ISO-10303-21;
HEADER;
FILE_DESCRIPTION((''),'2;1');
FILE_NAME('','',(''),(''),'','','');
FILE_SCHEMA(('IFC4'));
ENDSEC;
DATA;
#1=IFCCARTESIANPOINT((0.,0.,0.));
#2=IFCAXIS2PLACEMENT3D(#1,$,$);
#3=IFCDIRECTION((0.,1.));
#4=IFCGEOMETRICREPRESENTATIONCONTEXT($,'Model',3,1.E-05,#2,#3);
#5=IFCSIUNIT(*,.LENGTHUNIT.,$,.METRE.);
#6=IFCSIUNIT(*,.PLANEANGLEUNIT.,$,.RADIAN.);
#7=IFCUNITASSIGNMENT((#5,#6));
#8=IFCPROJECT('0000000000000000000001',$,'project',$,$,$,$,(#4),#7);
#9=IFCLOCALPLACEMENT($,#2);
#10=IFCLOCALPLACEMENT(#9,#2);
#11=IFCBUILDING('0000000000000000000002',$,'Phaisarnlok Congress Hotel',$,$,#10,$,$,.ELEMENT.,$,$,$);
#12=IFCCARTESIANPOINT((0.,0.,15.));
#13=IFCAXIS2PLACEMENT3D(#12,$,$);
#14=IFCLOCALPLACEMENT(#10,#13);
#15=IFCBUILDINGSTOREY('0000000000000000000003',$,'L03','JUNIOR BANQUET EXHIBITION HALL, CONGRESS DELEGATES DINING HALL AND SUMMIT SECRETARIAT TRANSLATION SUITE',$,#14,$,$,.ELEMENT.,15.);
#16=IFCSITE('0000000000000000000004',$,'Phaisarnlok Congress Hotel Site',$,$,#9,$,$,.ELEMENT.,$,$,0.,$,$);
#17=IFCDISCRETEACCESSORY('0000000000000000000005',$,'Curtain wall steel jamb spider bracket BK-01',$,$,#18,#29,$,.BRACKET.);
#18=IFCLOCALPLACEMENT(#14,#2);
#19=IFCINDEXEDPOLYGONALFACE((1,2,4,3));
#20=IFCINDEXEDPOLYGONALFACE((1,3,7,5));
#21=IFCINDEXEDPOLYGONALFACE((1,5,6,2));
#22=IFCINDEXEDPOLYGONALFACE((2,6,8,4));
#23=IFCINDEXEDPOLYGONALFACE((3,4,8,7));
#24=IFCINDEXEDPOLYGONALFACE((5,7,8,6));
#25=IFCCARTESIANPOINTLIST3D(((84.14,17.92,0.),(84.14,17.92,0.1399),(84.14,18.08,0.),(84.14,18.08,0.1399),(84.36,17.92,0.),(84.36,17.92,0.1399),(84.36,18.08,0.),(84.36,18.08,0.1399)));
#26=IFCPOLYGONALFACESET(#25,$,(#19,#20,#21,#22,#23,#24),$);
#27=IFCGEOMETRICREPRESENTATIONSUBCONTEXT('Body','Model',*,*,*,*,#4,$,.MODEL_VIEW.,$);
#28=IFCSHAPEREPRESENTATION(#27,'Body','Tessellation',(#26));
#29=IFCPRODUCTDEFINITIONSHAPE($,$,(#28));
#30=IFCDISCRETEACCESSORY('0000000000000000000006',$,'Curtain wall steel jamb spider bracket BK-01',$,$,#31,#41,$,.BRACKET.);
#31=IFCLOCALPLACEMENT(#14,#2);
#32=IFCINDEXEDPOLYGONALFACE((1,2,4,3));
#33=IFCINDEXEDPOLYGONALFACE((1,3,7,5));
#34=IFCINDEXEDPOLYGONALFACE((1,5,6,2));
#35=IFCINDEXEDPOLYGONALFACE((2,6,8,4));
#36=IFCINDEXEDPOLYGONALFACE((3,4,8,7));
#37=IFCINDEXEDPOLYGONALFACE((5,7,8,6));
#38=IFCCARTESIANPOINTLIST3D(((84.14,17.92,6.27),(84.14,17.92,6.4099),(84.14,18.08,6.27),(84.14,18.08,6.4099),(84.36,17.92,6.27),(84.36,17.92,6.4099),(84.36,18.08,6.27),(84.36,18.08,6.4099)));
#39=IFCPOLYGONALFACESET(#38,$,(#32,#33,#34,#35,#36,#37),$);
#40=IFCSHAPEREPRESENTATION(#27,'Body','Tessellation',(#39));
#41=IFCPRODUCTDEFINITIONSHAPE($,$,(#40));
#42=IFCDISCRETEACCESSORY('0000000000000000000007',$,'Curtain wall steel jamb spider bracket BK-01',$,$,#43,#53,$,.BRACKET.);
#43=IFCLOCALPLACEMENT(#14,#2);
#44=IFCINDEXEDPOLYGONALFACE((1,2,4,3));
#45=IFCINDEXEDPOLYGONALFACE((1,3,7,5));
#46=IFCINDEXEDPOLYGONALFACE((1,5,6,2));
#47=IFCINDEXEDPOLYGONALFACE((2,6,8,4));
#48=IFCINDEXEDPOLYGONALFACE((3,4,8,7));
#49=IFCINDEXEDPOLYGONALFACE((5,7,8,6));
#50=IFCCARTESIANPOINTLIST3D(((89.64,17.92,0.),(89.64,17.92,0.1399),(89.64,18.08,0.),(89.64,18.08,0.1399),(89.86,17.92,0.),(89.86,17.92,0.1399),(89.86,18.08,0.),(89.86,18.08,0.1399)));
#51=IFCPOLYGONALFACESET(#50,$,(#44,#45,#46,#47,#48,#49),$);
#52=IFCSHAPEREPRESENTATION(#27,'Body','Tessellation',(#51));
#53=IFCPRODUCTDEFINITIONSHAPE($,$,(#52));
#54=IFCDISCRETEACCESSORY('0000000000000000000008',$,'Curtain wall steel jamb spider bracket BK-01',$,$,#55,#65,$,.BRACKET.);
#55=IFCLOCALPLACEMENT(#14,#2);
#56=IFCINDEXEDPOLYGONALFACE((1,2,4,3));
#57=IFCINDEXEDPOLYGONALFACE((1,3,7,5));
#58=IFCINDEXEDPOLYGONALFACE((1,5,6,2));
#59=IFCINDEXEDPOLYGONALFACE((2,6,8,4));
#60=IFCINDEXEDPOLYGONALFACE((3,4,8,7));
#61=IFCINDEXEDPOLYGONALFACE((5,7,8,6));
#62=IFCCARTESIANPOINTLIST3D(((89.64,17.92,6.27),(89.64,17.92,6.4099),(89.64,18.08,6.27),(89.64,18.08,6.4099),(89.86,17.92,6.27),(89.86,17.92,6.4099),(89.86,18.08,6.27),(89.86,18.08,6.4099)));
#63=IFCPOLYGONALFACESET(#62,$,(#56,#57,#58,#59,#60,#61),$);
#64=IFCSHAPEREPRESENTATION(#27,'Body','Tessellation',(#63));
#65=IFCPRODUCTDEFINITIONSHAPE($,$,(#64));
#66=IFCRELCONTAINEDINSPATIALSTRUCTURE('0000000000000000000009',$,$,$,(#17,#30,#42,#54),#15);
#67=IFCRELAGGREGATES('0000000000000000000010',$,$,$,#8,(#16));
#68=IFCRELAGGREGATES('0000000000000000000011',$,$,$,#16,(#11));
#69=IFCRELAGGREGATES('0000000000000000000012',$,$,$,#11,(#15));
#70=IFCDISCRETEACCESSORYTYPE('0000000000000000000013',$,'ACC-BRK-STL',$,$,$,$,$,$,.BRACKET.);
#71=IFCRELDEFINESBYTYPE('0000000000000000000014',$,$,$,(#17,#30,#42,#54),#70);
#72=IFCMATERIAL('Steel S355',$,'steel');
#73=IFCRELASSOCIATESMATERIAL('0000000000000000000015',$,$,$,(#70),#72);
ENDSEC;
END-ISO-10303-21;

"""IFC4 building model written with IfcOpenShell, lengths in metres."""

from ifc_helpers import new_model, si_unit, direction, frame, origin, origin_2d, place, context, subcontext, project, spatial, rectangle, extrude, material, type_object, element, save


model = new_model("IFC4")

# Units and contexts
model_context = context("Model", 3, precision=1e-05, world=origin(), true_north=direction((0.0, 1.0)))
body_context = subcontext(model_context, "Body", "Model", "MODEL_VIEW")
ifc_project = project(units=[si_unit("LENGTHUNIT", "METRE"), si_unit("PLANEANGLEUNIT", "RADIAN")], contexts=[model_context])

# Site, building, storey
site_placement = place(None, origin())
site = spatial("IfcSite", under=ifc_project, at=site_placement, Name="Phaisarnlok Congress Hotel Site", CompositionType="ELEMENT", RefElevation=0.0)
building_placement = place(site_placement, origin())
building = spatial("IfcBuilding", under=site, at=building_placement, Name="Phaisarnlok Congress Hotel", CompositionType="ELEMENT")
storey_placement = place(building_placement, frame((0.0, 0.0, 15.0)))
storey = spatial("IfcBuildingStorey", under=building, at=storey_placement, Name="L03", Description="JUNIOR BANQUET EXHIBITION HALL, CONGRESS DELEGATES DINING HALL AND SUMMIT SECRETARIAT TRANSLATION SUITE", CompositionType="ELEMENT", Elevation=15.0)

# Shared definitions
ifc_material_1 = material(Name="Steel S355", Category="steel")

# Discrete accessories
discrete_accessory_type = type_object("IfcDiscreteAccessoryType", Name="ACC-BRK-STL", PredefinedType="BRACKET", material=ifc_material_1)
for number, where, z_axis, x_axis, name in (
    (1, (84.25, 18.0, 0.0), (0.0, 0.0, 1.0), (1.0, 0.0, 0.0), "Curtain wall steel jamb spider bracket BK-01"),
    (2, (84.25, 18.0, 6.27), (0.0, 0.0, 1.0), (1.0, 0.0, 0.0), "Curtain wall steel jamb spider bracket BK-01"),
    (3, (89.75, 18.0, 0.0), (0.0, 0.0, 1.0), (1.0, 0.0, 0.0), "Curtain wall steel jamb spider bracket BK-01"),
    (4, (89.75, 18.0, 6.27), (0.0, 0.0, 1.0), (1.0, 0.0, 0.0), "Curtain wall steel jamb spider bracket BK-01"),
):
    element("IfcDiscreteAccessory", number, at=place(storey_placement, frame(where, z_axis=z_axis, x_axis=x_axis)), inside=storey, type_object=discrete_accessory_type, Name=name, PredefinedType="BRACKET", context=body_context, shape_type="SweptSolid", body=[
        extrude(rectangle(XDim=0.22, YDim=0.1599, at=origin_2d()), origin(), (0.0, 0.0, 1.0), 0.1399),
    ])

save(model, "model.ifc")
